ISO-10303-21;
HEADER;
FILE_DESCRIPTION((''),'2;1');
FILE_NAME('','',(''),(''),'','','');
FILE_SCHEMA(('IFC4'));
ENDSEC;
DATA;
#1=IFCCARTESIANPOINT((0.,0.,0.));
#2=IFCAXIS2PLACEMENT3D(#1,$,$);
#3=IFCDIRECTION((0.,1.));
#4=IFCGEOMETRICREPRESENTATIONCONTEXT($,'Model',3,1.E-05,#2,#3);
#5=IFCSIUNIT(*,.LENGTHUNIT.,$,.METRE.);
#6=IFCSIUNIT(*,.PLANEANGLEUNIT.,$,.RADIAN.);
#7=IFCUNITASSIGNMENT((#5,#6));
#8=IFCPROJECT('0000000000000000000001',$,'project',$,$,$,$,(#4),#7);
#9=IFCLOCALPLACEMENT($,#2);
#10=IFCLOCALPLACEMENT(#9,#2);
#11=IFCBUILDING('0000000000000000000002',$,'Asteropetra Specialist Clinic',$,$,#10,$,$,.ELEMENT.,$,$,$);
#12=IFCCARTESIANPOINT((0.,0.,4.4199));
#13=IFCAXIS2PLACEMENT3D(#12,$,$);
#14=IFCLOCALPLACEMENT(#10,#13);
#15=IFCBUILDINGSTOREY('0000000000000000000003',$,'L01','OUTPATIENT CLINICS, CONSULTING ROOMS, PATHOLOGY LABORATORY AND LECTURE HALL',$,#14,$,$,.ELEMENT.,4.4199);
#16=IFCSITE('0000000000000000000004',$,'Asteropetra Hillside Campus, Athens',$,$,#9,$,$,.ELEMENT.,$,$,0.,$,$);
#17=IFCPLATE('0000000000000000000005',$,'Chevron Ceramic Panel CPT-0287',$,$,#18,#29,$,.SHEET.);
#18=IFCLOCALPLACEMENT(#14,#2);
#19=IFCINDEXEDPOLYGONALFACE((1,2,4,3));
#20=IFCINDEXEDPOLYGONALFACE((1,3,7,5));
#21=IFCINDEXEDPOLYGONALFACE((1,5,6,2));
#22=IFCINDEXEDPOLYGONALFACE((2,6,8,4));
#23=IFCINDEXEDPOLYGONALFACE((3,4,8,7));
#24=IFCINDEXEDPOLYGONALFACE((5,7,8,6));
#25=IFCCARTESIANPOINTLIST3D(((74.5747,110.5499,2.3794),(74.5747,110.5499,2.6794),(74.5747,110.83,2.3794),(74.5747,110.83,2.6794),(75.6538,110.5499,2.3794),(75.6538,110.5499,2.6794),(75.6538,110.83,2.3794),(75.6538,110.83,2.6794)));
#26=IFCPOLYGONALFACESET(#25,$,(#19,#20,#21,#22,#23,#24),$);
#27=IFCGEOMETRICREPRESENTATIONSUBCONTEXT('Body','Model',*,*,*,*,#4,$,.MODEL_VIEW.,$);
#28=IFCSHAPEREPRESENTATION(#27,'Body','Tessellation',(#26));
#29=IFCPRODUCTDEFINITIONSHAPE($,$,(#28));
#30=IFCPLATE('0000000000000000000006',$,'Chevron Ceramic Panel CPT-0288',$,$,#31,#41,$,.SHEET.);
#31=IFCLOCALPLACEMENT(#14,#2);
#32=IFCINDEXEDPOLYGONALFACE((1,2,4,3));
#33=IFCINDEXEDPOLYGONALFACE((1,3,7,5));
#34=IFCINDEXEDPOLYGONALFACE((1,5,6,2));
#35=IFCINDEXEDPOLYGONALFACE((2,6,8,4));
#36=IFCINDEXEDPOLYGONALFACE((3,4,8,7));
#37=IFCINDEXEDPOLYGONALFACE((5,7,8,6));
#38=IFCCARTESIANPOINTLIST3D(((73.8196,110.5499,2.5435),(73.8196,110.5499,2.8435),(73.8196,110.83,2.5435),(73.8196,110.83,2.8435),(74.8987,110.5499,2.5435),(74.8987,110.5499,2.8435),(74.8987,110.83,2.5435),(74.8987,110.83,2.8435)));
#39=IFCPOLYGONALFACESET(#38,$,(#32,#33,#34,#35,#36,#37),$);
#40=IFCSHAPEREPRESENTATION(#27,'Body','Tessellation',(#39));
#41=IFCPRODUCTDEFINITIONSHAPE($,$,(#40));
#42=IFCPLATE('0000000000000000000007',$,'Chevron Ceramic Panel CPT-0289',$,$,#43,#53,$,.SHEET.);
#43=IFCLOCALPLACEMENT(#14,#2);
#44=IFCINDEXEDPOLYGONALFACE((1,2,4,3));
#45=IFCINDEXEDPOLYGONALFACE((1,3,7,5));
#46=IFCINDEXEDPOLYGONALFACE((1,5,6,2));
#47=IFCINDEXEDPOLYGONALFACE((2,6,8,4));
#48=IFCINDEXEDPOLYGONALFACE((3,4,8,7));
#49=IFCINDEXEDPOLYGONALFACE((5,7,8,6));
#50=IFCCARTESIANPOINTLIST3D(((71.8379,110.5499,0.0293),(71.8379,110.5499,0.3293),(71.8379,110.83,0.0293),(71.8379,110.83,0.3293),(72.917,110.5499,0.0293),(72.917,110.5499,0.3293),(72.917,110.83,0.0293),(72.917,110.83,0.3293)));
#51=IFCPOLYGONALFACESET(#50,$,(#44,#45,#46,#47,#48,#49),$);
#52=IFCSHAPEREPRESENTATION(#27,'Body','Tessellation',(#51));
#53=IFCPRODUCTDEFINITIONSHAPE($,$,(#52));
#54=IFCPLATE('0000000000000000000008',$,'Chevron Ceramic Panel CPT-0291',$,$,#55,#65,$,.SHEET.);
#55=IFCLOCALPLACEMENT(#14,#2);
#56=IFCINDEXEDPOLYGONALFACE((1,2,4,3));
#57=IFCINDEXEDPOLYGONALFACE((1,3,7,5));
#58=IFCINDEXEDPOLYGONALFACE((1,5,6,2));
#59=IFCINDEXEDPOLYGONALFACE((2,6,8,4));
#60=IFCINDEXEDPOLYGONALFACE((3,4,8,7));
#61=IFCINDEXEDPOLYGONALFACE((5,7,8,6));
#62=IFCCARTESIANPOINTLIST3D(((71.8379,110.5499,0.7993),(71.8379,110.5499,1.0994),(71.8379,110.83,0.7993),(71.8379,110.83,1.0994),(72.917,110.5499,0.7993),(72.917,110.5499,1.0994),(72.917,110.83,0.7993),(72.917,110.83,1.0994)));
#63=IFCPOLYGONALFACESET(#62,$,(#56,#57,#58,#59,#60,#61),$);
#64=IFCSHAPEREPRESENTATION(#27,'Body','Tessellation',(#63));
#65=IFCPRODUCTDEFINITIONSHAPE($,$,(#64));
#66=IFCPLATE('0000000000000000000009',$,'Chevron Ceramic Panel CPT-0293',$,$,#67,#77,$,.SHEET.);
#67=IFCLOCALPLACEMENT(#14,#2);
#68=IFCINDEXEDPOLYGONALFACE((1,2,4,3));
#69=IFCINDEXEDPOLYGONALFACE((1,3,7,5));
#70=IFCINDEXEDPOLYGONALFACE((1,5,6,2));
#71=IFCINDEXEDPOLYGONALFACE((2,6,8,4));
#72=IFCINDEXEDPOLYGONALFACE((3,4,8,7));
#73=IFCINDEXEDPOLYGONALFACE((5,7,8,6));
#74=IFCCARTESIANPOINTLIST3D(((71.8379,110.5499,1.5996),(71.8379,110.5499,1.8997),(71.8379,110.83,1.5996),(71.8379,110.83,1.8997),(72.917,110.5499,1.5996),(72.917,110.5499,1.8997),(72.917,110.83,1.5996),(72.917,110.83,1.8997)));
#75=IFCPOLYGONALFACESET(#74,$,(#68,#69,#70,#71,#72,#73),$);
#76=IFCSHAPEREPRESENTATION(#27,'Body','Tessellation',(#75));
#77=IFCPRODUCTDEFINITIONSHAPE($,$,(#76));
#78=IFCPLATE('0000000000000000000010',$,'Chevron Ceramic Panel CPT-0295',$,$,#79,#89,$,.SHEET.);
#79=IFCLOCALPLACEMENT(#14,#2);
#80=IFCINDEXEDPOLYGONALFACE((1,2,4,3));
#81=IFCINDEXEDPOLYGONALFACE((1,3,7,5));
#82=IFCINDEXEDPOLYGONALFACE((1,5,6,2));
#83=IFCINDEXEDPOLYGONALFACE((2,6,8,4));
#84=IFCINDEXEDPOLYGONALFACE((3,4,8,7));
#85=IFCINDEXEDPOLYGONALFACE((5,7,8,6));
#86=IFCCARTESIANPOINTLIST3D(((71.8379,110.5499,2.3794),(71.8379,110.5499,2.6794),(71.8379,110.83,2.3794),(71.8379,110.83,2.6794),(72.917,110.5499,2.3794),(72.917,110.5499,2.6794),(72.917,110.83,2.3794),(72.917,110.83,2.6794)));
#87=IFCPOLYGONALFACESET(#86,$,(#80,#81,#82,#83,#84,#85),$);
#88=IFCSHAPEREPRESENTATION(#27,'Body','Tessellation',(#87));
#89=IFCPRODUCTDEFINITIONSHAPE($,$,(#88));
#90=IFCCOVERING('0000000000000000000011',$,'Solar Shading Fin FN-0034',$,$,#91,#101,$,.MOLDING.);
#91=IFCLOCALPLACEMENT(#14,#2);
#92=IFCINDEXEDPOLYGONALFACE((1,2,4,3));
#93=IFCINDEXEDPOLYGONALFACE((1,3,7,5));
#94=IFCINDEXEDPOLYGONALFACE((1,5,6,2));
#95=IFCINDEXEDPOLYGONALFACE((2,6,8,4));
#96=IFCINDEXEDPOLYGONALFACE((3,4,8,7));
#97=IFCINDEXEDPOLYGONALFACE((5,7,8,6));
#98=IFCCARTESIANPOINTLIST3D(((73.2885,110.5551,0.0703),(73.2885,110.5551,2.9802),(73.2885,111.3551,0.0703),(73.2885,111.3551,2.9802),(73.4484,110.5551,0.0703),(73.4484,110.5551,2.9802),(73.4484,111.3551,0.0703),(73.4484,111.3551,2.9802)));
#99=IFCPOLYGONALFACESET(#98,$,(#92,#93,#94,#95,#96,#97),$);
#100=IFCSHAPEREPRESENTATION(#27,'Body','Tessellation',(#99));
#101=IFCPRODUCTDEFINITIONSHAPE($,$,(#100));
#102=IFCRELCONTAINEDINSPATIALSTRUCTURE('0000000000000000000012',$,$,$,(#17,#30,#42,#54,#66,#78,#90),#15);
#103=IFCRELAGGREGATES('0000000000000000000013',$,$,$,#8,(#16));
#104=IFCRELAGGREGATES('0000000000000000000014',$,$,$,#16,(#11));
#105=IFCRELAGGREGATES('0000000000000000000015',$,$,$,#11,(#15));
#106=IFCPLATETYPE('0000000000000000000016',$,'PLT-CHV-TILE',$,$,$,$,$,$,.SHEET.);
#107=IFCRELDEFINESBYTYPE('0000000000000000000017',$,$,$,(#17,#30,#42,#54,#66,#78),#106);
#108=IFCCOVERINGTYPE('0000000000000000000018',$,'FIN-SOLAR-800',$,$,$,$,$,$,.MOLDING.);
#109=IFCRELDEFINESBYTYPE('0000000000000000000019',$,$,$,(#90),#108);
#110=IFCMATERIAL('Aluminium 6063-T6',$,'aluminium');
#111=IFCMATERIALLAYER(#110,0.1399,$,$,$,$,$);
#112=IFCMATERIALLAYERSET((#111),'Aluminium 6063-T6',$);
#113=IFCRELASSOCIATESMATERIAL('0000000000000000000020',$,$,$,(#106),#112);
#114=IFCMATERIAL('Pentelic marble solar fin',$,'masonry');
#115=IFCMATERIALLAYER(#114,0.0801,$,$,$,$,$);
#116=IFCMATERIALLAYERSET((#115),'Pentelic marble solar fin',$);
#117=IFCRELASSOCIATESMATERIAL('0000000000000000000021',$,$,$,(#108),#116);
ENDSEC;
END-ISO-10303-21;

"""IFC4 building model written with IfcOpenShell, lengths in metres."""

from ifc_helpers import new_model, si_unit, direction, frame, origin, origin_2d, place, context, subcontext, project, spatial, rectangle, extrude, material, layer, layer_set, type_object, element, save


model = new_model("IFC4")

# Units and contexts
model_context = context("Model", 3, precision=1e-05, world=origin(), true_north=direction((0.0, 1.0)))
body_context = subcontext(model_context, "Body", "Model", "MODEL_VIEW")
ifc_project = project(units=[si_unit("LENGTHUNIT", "METRE"), si_unit("PLANEANGLEUNIT", "RADIAN")], contexts=[model_context])

# Site, building, storey
site_placement = place(None, origin())
site = spatial("IfcSite", under=ifc_project, at=site_placement, Name="Asteropetra Hillside Campus, Athens", CompositionType="ELEMENT", RefElevation=0.0)
building_placement = place(site_placement, origin())
building = spatial("IfcBuilding", under=site, at=building_placement, Name="Asteropetra Specialist Clinic", CompositionType="ELEMENT")
storey_placement = place(building_placement, frame((0.0, 0.0, 4.4199)))
storey = spatial("IfcBuildingStorey", under=building, at=storey_placement, Name="L01", Description="OUTPATIENT CLINICS, CONSULTING ROOMS, PATHOLOGY LABORATORY AND LECTURE HALL", CompositionType="ELEMENT", Elevation=4.4199)

# Plates
ifc_material_1 = material(Name="Aluminium 6063-T6", Category="aluminium")
ifc_layer_1 = layer(ifc_material_1, 0.1399)
ifc_layer_set_1 = layer_set([ifc_layer_1], Name="Aluminium 6063-T6")
plate_type_1 = type_object("IfcPlateType", Name="PLT-CHV-TILE", PredefinedType="SHEET", material=ifc_layer_set_1)
for number, where, z_axis, x_axis, name in (
    (1, (75.1143, 110.6899, 2.3794), (0.0, 0.0, 1.0), (1.0, 0.0, 0.0), "Chevron Ceramic Panel CPT-0287"),
    (2, (74.3591, 110.6899, 2.5435), (0.0, 0.0, 1.0), (1.0, 0.0, 0.0), "Chevron Ceramic Panel CPT-0288"),
    (3, (72.3774, 110.6899, 0.0293), (0.0, 0.0, 1.0), (1.0, 0.0, 0.0), "Chevron Ceramic Panel CPT-0289"),
    (4, (72.3774, 110.6899, 0.7993), (0.0, 0.0, 1.0), (1.0, 0.0, 0.0), "Chevron Ceramic Panel CPT-0291"),
    (5, (72.3774, 110.6899, 1.5996), (0.0, 0.0, 1.0), (1.0, 0.0, 0.0), "Chevron Ceramic Panel CPT-0293"),
    (6, (72.3774, 110.6899, 2.3794), (0.0, 0.0, 1.0), (1.0, 0.0, 0.0), "Chevron Ceramic Panel CPT-0295"),
):
    element("IfcPlate", number, at=place(storey_placement, frame(where, z_axis=z_axis, x_axis=x_axis)), inside=storey, type_object=plate_type_1, Name=name, PredefinedType="SHEET", context=body_context, shape_type="SweptSolid", body=[
        extrude(rectangle(XDim=1.0791, YDim=0.28, at=origin_2d()), origin(), (0.0, 0.0, 1.0), 0.3),
    ])

# Covering
ifc_material_2 = material(Name="Pentelic marble solar fin", Category="masonry")
ifc_layer_2 = layer(ifc_material_2, 0.0801)
ifc_layer_set_2 = layer_set([ifc_layer_2], Name="Pentelic marble solar fin")
covering_type = type_object("IfcCoveringType", Name="FIN-SOLAR-800", PredefinedType="MOLDING", material=ifc_layer_set_2)
covering_placement = place(storey_placement, frame((73.3684, 110.9551, 0.0703), z_axis=(0.0, 0.0, 1.0), x_axis=(1.0, 0.0, 0.0)))
element("IfcCovering", 7, at=covering_placement, inside=storey, type_object=covering_type, Name="Solar Shading Fin FN-0034", PredefinedType="MOLDING", context=body_context, shape_type="SweptSolid", body=[
    extrude(rectangle(XDim=0.1599, YDim=0.8, at=origin_2d()), origin(), (0.0, 0.0, 1.0), 2.9099),
])

save(model, "model.ifc")
